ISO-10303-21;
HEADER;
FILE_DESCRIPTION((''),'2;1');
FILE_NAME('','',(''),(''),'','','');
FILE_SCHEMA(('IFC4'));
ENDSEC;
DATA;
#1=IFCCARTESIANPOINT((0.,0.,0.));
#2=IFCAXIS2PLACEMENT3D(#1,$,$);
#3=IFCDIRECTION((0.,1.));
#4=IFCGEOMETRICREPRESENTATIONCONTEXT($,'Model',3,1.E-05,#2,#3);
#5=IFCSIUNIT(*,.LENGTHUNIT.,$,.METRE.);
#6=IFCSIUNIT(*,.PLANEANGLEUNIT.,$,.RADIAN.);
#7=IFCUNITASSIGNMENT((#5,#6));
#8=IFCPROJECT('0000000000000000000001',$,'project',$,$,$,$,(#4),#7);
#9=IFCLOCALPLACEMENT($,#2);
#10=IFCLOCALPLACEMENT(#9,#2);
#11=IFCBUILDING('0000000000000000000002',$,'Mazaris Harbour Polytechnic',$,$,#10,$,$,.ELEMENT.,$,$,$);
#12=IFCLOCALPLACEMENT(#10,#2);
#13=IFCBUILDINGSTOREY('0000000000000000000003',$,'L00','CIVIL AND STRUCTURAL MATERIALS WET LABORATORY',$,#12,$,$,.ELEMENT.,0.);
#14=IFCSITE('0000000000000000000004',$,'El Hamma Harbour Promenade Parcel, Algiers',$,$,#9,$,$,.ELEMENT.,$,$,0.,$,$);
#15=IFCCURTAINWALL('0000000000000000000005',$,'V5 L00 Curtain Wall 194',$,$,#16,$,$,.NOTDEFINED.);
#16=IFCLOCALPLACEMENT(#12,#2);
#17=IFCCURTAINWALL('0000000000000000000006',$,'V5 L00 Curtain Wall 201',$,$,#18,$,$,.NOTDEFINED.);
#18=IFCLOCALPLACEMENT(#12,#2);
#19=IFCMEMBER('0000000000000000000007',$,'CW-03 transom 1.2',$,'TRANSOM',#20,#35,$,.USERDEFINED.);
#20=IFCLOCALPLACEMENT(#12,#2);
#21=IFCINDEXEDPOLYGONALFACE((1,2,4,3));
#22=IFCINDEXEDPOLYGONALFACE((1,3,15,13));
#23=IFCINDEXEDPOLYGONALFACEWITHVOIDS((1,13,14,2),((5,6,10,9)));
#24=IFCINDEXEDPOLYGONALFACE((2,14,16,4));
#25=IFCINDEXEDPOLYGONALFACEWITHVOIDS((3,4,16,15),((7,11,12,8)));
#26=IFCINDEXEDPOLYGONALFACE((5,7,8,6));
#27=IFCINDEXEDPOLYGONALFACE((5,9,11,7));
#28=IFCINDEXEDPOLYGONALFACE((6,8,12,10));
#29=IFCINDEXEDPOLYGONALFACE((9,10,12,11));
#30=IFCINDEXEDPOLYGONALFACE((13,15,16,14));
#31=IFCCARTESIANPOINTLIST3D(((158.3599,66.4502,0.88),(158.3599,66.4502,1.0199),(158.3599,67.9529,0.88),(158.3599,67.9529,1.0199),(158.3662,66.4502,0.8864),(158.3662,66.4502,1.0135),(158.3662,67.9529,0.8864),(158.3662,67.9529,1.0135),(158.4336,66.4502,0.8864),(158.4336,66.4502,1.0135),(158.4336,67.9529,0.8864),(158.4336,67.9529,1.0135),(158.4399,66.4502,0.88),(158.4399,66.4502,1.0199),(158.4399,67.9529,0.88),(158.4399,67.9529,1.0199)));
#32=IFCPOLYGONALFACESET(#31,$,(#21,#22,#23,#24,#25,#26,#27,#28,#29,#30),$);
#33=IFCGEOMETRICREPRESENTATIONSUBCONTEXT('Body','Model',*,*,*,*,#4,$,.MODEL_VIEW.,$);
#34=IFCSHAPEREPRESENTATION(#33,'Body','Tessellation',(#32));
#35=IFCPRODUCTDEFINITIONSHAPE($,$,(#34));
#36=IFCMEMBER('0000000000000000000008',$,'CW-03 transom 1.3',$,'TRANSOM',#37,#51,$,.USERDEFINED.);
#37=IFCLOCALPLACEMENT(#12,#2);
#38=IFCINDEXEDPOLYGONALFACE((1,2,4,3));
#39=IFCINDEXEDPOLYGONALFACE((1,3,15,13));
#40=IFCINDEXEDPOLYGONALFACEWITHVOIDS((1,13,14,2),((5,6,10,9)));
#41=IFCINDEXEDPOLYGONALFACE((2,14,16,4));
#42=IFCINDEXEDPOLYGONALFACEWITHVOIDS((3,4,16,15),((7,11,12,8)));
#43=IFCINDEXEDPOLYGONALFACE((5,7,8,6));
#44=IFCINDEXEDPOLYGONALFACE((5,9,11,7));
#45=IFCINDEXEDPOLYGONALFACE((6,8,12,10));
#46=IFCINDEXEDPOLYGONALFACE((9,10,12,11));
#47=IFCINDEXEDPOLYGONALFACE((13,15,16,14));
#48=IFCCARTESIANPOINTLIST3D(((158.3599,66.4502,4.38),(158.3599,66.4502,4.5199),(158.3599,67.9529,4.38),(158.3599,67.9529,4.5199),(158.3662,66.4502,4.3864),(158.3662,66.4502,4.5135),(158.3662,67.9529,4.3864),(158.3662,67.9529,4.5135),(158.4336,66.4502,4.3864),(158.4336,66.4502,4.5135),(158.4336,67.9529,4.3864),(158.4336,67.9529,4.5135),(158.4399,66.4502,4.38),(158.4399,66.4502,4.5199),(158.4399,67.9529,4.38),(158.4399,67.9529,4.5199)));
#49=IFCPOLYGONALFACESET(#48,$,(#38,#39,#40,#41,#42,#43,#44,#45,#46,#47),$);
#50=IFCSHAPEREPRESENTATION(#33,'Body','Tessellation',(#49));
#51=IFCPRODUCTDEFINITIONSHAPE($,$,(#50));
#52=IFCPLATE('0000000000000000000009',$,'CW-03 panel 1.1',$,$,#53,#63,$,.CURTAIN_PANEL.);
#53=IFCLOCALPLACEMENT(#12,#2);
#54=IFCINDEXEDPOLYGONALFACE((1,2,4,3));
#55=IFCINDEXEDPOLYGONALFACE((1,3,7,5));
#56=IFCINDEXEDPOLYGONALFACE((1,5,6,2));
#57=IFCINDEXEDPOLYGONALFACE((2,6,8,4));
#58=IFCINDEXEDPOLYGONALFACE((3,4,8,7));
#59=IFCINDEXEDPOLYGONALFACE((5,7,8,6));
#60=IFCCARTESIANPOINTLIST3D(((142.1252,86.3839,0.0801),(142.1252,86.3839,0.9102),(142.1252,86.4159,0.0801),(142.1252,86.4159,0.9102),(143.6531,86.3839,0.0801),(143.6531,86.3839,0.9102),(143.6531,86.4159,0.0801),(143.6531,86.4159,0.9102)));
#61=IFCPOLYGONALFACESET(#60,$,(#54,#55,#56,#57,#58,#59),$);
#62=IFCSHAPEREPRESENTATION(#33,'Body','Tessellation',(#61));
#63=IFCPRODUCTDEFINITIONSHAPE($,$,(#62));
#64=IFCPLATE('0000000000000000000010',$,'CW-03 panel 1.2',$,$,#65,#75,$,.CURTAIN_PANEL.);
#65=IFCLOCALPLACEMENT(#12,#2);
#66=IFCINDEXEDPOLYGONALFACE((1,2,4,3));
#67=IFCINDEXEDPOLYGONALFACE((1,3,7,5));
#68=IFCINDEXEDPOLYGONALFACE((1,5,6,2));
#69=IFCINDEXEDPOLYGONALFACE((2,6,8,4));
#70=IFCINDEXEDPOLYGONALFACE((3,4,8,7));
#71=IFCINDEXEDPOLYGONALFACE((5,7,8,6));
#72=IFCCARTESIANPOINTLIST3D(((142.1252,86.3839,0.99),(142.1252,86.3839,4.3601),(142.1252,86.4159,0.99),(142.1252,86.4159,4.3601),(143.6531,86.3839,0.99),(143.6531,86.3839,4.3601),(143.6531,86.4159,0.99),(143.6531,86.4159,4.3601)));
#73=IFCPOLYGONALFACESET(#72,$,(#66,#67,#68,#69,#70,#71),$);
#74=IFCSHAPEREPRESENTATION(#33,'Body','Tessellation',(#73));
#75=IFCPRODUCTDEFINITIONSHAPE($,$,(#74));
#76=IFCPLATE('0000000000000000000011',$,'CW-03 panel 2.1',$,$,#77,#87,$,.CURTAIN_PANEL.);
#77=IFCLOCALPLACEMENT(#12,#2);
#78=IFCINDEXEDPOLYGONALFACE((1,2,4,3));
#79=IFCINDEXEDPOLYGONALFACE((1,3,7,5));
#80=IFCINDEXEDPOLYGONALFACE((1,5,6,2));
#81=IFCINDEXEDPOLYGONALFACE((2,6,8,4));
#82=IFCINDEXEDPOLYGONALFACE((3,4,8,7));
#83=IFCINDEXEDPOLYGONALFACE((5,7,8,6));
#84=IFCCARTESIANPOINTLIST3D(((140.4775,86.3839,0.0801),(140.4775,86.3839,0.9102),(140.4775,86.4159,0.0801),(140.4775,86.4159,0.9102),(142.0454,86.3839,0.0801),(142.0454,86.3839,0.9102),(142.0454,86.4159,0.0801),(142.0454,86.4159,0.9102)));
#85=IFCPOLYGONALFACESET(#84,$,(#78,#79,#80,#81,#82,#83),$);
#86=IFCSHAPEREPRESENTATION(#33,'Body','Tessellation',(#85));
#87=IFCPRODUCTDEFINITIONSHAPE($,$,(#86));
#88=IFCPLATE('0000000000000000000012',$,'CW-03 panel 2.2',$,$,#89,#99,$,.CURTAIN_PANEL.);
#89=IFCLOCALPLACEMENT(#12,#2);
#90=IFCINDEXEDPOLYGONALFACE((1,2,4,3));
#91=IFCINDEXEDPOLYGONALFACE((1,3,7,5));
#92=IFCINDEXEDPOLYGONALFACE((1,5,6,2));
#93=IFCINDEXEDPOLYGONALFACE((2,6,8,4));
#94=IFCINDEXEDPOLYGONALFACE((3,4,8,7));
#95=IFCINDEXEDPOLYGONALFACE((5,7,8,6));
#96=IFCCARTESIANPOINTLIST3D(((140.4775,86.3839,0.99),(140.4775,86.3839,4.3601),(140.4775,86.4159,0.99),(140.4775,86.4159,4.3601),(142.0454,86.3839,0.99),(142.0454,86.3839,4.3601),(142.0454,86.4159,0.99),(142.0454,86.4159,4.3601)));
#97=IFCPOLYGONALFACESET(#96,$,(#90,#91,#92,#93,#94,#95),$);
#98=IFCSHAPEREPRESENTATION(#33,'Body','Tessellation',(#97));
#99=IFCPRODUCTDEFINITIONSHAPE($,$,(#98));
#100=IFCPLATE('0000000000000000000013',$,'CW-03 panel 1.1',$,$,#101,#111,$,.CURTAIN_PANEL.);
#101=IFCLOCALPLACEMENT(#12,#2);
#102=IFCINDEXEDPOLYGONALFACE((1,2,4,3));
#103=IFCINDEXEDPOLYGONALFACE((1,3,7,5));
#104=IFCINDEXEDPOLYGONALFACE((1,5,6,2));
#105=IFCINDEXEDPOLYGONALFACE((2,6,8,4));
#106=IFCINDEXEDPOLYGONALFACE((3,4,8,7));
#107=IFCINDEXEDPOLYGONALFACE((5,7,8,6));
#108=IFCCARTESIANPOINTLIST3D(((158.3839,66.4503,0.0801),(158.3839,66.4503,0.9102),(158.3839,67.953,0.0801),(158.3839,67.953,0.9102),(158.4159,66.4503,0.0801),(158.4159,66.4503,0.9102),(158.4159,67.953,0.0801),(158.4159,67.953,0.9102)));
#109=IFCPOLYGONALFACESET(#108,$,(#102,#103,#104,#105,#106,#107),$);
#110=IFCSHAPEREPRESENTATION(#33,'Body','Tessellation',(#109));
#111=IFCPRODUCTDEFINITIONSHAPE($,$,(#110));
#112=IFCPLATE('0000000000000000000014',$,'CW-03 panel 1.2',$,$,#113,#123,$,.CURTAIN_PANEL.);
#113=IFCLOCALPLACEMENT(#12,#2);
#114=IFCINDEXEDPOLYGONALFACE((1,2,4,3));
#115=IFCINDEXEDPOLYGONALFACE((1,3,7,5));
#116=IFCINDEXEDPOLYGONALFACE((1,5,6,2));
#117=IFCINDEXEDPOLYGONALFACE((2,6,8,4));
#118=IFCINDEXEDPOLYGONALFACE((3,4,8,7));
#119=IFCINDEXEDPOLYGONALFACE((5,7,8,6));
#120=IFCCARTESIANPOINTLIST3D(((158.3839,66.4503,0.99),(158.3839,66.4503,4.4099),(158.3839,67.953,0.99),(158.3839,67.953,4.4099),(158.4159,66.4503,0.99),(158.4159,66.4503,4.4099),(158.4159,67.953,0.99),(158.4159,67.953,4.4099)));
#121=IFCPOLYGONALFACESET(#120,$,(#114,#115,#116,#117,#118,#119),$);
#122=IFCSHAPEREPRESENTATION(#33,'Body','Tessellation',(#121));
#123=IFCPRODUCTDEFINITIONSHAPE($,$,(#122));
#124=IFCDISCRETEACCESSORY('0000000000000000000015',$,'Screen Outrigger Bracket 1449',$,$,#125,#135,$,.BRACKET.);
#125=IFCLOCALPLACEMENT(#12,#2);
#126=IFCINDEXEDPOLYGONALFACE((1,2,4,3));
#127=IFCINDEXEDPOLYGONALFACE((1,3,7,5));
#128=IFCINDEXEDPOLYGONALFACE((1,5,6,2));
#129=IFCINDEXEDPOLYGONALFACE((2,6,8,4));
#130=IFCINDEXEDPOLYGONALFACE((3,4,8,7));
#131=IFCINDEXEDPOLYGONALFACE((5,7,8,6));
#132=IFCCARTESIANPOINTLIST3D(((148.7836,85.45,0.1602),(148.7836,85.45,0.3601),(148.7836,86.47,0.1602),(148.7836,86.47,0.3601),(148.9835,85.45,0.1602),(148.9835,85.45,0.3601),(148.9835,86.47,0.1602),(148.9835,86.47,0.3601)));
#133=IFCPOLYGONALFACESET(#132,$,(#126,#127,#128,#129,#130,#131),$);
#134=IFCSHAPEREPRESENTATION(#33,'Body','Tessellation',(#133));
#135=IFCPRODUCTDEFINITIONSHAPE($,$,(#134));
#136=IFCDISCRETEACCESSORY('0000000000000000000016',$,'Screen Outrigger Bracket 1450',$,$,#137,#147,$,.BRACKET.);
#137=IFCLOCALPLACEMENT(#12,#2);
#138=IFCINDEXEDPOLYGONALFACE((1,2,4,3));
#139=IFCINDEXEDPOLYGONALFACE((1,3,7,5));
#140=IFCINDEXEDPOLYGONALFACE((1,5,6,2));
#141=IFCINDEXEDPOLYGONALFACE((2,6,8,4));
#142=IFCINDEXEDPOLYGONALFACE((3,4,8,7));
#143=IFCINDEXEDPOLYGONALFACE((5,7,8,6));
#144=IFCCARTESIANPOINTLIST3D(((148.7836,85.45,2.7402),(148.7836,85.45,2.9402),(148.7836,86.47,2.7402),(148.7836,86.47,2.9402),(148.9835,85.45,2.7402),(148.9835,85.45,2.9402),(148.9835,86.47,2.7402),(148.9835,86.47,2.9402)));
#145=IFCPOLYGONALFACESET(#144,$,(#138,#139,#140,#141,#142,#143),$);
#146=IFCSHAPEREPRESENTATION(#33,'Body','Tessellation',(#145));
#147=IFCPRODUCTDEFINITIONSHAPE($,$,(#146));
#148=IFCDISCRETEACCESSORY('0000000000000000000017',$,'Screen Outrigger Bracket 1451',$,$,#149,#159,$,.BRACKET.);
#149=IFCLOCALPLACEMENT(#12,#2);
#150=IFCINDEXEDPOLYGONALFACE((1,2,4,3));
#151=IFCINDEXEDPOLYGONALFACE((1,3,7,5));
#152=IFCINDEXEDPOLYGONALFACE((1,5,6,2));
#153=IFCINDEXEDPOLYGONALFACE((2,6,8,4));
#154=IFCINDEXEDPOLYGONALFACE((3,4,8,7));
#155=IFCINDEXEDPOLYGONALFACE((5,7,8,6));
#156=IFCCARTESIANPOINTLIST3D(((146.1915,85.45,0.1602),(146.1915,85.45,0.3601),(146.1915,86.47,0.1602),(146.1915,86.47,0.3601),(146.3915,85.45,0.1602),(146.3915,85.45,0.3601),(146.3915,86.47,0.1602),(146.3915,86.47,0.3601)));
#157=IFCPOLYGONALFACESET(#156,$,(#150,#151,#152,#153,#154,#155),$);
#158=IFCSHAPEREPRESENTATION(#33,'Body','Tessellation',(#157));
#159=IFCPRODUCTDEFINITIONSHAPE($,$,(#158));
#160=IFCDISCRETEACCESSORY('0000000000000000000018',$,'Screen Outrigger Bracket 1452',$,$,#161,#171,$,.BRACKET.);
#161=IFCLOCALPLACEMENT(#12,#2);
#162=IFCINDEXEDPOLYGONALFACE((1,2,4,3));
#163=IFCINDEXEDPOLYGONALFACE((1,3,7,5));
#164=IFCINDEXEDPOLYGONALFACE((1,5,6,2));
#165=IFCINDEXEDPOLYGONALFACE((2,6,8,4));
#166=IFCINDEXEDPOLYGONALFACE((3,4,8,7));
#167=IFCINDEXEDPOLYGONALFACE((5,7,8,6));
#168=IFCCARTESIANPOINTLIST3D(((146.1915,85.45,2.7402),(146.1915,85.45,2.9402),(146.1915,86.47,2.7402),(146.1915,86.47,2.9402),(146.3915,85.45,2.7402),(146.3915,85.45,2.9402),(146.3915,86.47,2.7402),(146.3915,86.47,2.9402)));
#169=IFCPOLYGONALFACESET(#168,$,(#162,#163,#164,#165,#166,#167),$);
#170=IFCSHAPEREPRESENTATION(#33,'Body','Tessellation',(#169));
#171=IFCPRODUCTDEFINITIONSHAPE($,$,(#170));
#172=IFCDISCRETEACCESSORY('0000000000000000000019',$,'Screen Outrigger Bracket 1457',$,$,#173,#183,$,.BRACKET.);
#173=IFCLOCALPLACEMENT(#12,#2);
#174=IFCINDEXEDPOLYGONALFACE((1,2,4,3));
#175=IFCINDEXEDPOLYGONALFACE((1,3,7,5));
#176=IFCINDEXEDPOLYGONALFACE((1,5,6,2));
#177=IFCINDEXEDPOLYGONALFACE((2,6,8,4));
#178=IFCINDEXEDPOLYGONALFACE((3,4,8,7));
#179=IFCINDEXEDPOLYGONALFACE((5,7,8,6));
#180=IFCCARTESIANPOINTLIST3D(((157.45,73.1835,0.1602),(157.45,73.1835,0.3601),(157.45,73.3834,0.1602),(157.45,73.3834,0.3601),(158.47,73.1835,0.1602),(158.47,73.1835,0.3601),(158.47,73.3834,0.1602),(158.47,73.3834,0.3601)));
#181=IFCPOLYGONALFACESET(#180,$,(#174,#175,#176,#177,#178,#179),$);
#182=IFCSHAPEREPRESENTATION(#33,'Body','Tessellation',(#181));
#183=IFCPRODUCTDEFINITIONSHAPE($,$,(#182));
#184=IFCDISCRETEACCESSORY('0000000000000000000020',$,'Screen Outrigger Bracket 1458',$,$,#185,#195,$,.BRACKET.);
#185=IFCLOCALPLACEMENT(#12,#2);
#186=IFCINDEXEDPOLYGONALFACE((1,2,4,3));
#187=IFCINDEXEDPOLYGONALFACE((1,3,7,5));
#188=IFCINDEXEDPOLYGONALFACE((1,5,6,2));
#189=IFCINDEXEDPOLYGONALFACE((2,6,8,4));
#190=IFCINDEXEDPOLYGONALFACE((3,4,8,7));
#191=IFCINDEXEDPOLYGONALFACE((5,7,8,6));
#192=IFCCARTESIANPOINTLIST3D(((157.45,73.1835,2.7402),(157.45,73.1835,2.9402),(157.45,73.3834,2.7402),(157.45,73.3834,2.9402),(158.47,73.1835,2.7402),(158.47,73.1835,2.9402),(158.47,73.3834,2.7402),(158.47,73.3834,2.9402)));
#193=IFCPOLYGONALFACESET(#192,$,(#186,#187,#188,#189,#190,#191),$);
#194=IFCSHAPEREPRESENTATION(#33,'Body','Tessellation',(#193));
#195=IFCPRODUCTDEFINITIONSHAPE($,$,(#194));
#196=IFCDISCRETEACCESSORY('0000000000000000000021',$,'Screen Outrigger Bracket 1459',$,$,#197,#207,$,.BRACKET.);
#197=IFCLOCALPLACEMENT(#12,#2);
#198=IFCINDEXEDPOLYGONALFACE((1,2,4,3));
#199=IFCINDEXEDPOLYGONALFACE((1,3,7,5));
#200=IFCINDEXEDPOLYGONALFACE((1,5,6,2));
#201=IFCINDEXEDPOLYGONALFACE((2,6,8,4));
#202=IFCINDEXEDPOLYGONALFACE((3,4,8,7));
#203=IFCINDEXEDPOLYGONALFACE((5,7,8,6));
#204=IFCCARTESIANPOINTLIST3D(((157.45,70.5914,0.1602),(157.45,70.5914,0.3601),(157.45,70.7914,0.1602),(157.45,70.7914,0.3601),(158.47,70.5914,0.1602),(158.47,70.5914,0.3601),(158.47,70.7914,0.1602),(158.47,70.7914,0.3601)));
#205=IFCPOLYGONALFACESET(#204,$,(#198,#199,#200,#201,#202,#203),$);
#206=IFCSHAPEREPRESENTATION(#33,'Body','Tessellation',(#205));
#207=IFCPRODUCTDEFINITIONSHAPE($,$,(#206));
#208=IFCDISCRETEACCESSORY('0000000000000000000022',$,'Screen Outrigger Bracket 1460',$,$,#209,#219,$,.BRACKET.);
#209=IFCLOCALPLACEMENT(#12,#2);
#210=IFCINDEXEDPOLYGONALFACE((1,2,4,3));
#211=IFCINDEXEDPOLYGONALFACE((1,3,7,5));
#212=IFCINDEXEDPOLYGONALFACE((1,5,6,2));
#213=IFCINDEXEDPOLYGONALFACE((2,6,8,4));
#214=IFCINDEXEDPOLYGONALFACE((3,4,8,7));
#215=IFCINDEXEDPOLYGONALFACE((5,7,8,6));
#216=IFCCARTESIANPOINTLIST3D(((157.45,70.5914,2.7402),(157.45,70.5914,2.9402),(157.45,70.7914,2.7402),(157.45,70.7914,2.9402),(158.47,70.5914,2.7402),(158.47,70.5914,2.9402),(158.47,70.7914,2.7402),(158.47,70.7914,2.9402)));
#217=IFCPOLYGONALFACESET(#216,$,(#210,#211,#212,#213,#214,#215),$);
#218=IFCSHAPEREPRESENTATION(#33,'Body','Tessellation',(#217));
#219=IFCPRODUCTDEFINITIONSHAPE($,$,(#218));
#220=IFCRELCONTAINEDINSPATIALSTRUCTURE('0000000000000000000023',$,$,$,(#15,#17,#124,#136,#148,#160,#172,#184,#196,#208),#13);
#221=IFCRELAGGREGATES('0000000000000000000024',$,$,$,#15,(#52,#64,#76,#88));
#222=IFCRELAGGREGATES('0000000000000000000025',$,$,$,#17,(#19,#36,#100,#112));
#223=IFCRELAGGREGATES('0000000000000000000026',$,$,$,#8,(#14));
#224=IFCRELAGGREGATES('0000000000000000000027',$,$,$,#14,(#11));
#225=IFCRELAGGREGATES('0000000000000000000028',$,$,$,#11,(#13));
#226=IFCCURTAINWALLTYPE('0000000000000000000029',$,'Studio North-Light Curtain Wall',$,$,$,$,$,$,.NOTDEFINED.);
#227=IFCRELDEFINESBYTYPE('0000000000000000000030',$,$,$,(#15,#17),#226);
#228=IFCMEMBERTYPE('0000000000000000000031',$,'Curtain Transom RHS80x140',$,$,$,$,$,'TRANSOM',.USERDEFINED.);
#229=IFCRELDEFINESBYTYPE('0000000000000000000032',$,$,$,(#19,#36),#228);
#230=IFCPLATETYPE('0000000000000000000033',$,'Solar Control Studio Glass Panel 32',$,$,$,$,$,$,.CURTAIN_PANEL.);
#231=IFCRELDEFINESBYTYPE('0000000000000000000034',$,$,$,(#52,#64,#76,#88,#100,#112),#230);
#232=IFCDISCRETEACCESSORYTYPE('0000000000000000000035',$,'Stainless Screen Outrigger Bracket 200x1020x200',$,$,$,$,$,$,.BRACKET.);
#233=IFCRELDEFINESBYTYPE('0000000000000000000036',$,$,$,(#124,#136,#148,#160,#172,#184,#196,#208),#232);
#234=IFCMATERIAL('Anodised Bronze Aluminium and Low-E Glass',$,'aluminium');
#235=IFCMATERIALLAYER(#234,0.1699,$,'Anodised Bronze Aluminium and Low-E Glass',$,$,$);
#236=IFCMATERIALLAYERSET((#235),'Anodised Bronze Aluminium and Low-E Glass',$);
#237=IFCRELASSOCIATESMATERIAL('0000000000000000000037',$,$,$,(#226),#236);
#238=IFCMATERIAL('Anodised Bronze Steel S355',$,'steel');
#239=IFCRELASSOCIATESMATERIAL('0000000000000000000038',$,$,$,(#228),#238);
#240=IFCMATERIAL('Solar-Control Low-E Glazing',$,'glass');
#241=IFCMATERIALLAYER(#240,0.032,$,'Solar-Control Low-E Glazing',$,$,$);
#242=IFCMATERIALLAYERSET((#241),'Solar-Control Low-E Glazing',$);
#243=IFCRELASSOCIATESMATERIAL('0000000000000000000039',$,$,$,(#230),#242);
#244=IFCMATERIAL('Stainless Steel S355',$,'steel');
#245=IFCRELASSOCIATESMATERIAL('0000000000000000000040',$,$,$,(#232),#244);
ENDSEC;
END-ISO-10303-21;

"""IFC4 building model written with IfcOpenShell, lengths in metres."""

from ifc_helpers import new_model, si_unit, direction, frame, origin, origin_2d, place, context, subcontext, project, spatial, rectangle, hollow_rectangle, extrude, material, layer, layer_set, material_profile, profile_set, type_object, element, aggregate, save


model = new_model("IFC4")

# Units and contexts
model_context = context("Model", 3, precision=1e-05, world=origin(), true_north=direction((0.0, 1.0)))
body_context = subcontext(model_context, "Body", "Model", "MODEL_VIEW")
ifc_project = project(units=[si_unit("LENGTHUNIT", "METRE"), si_unit("PLANEANGLEUNIT", "RADIAN")], contexts=[model_context])

# Site, building, storey
site_placement = place(None, origin())
site = spatial("IfcSite", under=ifc_project, at=site_placement, Name="El Hamma Harbour Promenade Parcel, Algiers", CompositionType="ELEMENT", RefElevation=0.0)
building_placement = place(site_placement, origin())
building = spatial("IfcBuilding", under=site, at=building_placement, Name="Mazaris Harbour Polytechnic", CompositionType="ELEMENT")
storey_placement = place(building_placement, origin())
storey = spatial("IfcBuildingStorey", under=building, at=storey_placement, Name="L00", Description="CIVIL AND STRUCTURAL MATERIALS WET LABORATORY", CompositionType="ELEMENT", Elevation=0.0)

# Curtain wall
ifc_material_1 = material(Name="Anodised Bronze Aluminium and Low-E Glass", Category="aluminium")
ifc_layer_1 = layer(ifc_material_1, 0.1699, Name="Anodised Bronze Aluminium and Low-E Glass")
ifc_layer_set_1 = layer_set([ifc_layer_1], Name="Anodised Bronze Aluminium and Low-E Glass")
curtain_wall_type = type_object("IfcCurtainWallType", Name="Studio North-Light Curtain Wall", PredefinedType="NOTDEFINED", material=ifc_layer_set_1)
curtain_wall_1_placement = place(storey_placement, origin())
curtain_wall_1 = element("IfcCurtainWall", 1, at=curtain_wall_1_placement, inside=storey, type_object=curtain_wall_type, Name="V5 L00 Curtain Wall 194", PredefinedType="NOTDEFINED")

# Curtain wall
curtain_wall_2_placement = place(storey_placement, origin())
curtain_wall_2 = element("IfcCurtainWall", 2, at=curtain_wall_2_placement, inside=storey, type_object=curtain_wall_type, Name="V5 L00 Curtain Wall 201", PredefinedType="NOTDEFINED")

# Members
ifc_material_2 = material(Name="Anodised Bronze Steel S355", Category="steel")
ifc_material_profile_1 = material_profile(ifc_material_2, hollow_rectangle(XDim=0.0801, YDim=0.1399, WallThickness=0.0063, at=origin_2d()), Name="RHS 80x140x6.3")
ifc_profile_set_1 = profile_set([ifc_material_profile_1], Name="Anodised Bronze Steel S355")
member_type_1 = type_object("IfcMemberType", Name="Curtain Transom RHS80x140", ElementType="TRANSOM", PredefinedType="USERDEFINED", material=ifc_profile_set_1)
member_1_placement = place(storey_placement, frame((158.3999, 67.9529, 0.95), z_axis=(0.0, -1.0, 0.0), x_axis=(1.0, 0.0, 0.0)))
member_1 = element("IfcMember", 3, at=member_1_placement, type_object=member_type_1, Name="CW-03 transom 1.2", ObjectType="TRANSOM", PredefinedType="USERDEFINED", context=body_context, shape_type="SweptSolid", body=[
    extrude(hollow_rectangle(XDim=0.0801, YDim=0.1399, WallThickness=0.0063, at=origin_2d()), origin(), (0.0, 0.0, 1.0), 1.5027),
])
member_2_placement = place(storey_placement, frame((158.3999, 67.9529, 4.45), z_axis=(0.0, -1.0, 0.0), x_axis=(1.0, 0.0, 0.0)))
member_2 = element("IfcMember", 4, at=member_2_placement, type_object=member_type_1, Name="CW-03 transom 1.3", ObjectType="TRANSOM", PredefinedType="USERDEFINED", context=body_context, shape_type="SweptSolid", body=[
    extrude(hollow_rectangle(XDim=0.0801, YDim=0.1399, WallThickness=0.0063, at=origin_2d()), origin(), (0.0, 0.0, 1.0), 1.5027),
])

# Plates
ifc_material_3 = material(Name="Solar-Control Low-E Glazing", Category="glass")
ifc_layer_2 = layer(ifc_material_3, 0.032, Name="Solar-Control Low-E Glazing")
ifc_layer_set_2 = layer_set([ifc_layer_2], Name="Solar-Control Low-E Glazing")
plate_type = type_object("IfcPlateType", Name="Solar Control Studio Glass Panel 32", PredefinedType="CURTAIN_PANEL", material=ifc_layer_set_2)
plate_1_placement = place(storey_placement, frame((142.8892, 86.3999, 0.0801), z_axis=(0.0, 0.0, 1.0), x_axis=(-1.0, 0.0, 0.0)))
plate_1 = element("IfcPlate", 5, at=plate_1_placement, type_object=plate_type, Name="CW-03 panel 1.1", PredefinedType="CURTAIN_PANEL", context=body_context, shape_type="SweptSolid", body=[
    extrude(rectangle(XDim=1.5278, YDim=0.032, at=origin_2d()), origin(), (0.0, 0.0, 1.0), 0.8301),
])
plate_2_placement = place(storey_placement, frame((142.8892, 86.3999, 0.99), z_axis=(0.0, 0.0, 1.0), x_axis=(-1.0, 0.0, 0.0)))
plate_2 = element("IfcPlate", 6, at=plate_2_placement, type_object=plate_type, Name="CW-03 panel 1.2", PredefinedType="CURTAIN_PANEL", context=body_context, shape_type="SweptSolid", body=[
    extrude(rectangle(XDim=1.5278, YDim=0.032, at=origin_2d()), origin(), (0.0, 0.0, 1.0), 3.3701),
])
plate_3_placement = place(storey_placement, frame((141.2615, 86.3999, 0.0801), z_axis=(0.0, 0.0, 1.0), x_axis=(-1.0, 0.0, 0.0)))
plate_3 = element("IfcPlate", 7, at=plate_3_placement, type_object=plate_type, Name="CW-03 panel 2.1", PredefinedType="CURTAIN_PANEL", context=body_context, shape_type="SweptSolid", body=[
    extrude(rectangle(XDim=1.5679, YDim=0.032, at=origin_2d()), origin(), (0.0, 0.0, 1.0), 0.8301),
])
plate_4_placement = place(storey_placement, frame((141.2615, 86.3999, 0.99), z_axis=(0.0, 0.0, 1.0), x_axis=(-1.0, 0.0, 0.0)))
plate_4 = element("IfcPlate", 8, at=plate_4_placement, type_object=plate_type, Name="CW-03 panel 2.2", PredefinedType="CURTAIN_PANEL", context=body_context, shape_type="SweptSolid", body=[
    extrude(rectangle(XDim=1.5679, YDim=0.032, at=origin_2d()), origin(), (0.0, 0.0, 1.0), 3.3701),
])
aggregate(curtain_wall_1, [plate_1, plate_2, plate_3, plate_4])
plate_5_placement = place(storey_placement, frame((158.3999, 67.2017, 0.0801), z_axis=(0.0, 0.0, 1.0), x_axis=(0.0, -1.0, 0.0)))
plate_5 = element("IfcPlate", 9, at=plate_5_placement, type_object=plate_type, Name="CW-03 panel 1.1", PredefinedType="CURTAIN_PANEL", context=body_context, shape_type="SweptSolid", body=[
    extrude(rectangle(XDim=1.5027, YDim=0.032, at=origin_2d()), origin(), (0.0, 0.0, 1.0), 0.8301),
])
plate_6_placement = place(storey_placement, frame((158.3999, 67.2017, 0.99), z_axis=(0.0, 0.0, 1.0), x_axis=(0.0, -1.0, 0.0)))
plate_6 = element("IfcPlate", 10, at=plate_6_placement, type_object=plate_type, Name="CW-03 panel 1.2", PredefinedType="CURTAIN_PANEL", context=body_context, shape_type="SweptSolid", body=[
    extrude(rectangle(XDim=1.5027, YDim=0.032, at=origin_2d()), origin(), (0.0, 0.0, 1.0), 3.4199),
])
aggregate(curtain_wall_2, [member_1, member_2, plate_5, plate_6])

# Discrete accessories
ifc_material_4 = material(Name="Stainless Steel S355", Category="steel")
discrete_accessory_type = type_object("IfcDiscreteAccessoryType", Name="Stainless Screen Outrigger Bracket 200x1020x200", PredefinedType="BRACKET", material=ifc_material_4)
for number, where, z_axis, x_axis, name in (
    (11, (148.8835, 85.96, 0.1602), (0.0, 0.0, 1.0), (-1.0, 0.0, 0.0), "Screen Outrigger Bracket 1449"),
    (12, (148.8835, 85.96, 2.7402), (0.0, 0.0, 1.0), (-1.0, 0.0, 0.0), "Screen Outrigger Bracket 1450"),
    (13, (146.2915, 85.96, 0.1602), (0.0, 0.0, 1.0), (-1.0, 0.0, 0.0), "Screen Outrigger Bracket 1451"),
    (14, (146.2915, 85.96, 2.7402), (0.0, 0.0, 1.0), (-1.0, 0.0, 0.0), "Screen Outrigger Bracket 1452"),
    (15, (157.96, 73.2834, 0.1602), (0.0, 0.0, 1.0), (0.0, -1.0, 0.0), "Screen Outrigger Bracket 1457"),
    (16, (157.96, 73.2834, 2.7402), (0.0, 0.0, 1.0), (0.0, -1.0, 0.0), "Screen Outrigger Bracket 1458"),
    (17, (157.96, 70.6914, 0.1602), (0.0, 0.0, 1.0), (0.0, -1.0, 0.0), "Screen Outrigger Bracket 1459"),
    (18, (157.96, 70.6914, 2.7402), (0.0, 0.0, 1.0), (0.0, -1.0, 0.0), "Screen Outrigger Bracket 1460"),
):
    element("IfcDiscreteAccessory", number, at=place(storey_placement, frame(where, z_axis=z_axis, x_axis=x_axis)), inside=storey, type_object=discrete_accessory_type, Name=name, PredefinedType="BRACKET", context=body_context, shape_type="SweptSolid", body=[
        extrude(rectangle(XDim=0.2, YDim=1.02, at=origin_2d()), origin(), (0.0, 0.0, 1.0), 0.2),
    ])

save(model, "model.ifc")
